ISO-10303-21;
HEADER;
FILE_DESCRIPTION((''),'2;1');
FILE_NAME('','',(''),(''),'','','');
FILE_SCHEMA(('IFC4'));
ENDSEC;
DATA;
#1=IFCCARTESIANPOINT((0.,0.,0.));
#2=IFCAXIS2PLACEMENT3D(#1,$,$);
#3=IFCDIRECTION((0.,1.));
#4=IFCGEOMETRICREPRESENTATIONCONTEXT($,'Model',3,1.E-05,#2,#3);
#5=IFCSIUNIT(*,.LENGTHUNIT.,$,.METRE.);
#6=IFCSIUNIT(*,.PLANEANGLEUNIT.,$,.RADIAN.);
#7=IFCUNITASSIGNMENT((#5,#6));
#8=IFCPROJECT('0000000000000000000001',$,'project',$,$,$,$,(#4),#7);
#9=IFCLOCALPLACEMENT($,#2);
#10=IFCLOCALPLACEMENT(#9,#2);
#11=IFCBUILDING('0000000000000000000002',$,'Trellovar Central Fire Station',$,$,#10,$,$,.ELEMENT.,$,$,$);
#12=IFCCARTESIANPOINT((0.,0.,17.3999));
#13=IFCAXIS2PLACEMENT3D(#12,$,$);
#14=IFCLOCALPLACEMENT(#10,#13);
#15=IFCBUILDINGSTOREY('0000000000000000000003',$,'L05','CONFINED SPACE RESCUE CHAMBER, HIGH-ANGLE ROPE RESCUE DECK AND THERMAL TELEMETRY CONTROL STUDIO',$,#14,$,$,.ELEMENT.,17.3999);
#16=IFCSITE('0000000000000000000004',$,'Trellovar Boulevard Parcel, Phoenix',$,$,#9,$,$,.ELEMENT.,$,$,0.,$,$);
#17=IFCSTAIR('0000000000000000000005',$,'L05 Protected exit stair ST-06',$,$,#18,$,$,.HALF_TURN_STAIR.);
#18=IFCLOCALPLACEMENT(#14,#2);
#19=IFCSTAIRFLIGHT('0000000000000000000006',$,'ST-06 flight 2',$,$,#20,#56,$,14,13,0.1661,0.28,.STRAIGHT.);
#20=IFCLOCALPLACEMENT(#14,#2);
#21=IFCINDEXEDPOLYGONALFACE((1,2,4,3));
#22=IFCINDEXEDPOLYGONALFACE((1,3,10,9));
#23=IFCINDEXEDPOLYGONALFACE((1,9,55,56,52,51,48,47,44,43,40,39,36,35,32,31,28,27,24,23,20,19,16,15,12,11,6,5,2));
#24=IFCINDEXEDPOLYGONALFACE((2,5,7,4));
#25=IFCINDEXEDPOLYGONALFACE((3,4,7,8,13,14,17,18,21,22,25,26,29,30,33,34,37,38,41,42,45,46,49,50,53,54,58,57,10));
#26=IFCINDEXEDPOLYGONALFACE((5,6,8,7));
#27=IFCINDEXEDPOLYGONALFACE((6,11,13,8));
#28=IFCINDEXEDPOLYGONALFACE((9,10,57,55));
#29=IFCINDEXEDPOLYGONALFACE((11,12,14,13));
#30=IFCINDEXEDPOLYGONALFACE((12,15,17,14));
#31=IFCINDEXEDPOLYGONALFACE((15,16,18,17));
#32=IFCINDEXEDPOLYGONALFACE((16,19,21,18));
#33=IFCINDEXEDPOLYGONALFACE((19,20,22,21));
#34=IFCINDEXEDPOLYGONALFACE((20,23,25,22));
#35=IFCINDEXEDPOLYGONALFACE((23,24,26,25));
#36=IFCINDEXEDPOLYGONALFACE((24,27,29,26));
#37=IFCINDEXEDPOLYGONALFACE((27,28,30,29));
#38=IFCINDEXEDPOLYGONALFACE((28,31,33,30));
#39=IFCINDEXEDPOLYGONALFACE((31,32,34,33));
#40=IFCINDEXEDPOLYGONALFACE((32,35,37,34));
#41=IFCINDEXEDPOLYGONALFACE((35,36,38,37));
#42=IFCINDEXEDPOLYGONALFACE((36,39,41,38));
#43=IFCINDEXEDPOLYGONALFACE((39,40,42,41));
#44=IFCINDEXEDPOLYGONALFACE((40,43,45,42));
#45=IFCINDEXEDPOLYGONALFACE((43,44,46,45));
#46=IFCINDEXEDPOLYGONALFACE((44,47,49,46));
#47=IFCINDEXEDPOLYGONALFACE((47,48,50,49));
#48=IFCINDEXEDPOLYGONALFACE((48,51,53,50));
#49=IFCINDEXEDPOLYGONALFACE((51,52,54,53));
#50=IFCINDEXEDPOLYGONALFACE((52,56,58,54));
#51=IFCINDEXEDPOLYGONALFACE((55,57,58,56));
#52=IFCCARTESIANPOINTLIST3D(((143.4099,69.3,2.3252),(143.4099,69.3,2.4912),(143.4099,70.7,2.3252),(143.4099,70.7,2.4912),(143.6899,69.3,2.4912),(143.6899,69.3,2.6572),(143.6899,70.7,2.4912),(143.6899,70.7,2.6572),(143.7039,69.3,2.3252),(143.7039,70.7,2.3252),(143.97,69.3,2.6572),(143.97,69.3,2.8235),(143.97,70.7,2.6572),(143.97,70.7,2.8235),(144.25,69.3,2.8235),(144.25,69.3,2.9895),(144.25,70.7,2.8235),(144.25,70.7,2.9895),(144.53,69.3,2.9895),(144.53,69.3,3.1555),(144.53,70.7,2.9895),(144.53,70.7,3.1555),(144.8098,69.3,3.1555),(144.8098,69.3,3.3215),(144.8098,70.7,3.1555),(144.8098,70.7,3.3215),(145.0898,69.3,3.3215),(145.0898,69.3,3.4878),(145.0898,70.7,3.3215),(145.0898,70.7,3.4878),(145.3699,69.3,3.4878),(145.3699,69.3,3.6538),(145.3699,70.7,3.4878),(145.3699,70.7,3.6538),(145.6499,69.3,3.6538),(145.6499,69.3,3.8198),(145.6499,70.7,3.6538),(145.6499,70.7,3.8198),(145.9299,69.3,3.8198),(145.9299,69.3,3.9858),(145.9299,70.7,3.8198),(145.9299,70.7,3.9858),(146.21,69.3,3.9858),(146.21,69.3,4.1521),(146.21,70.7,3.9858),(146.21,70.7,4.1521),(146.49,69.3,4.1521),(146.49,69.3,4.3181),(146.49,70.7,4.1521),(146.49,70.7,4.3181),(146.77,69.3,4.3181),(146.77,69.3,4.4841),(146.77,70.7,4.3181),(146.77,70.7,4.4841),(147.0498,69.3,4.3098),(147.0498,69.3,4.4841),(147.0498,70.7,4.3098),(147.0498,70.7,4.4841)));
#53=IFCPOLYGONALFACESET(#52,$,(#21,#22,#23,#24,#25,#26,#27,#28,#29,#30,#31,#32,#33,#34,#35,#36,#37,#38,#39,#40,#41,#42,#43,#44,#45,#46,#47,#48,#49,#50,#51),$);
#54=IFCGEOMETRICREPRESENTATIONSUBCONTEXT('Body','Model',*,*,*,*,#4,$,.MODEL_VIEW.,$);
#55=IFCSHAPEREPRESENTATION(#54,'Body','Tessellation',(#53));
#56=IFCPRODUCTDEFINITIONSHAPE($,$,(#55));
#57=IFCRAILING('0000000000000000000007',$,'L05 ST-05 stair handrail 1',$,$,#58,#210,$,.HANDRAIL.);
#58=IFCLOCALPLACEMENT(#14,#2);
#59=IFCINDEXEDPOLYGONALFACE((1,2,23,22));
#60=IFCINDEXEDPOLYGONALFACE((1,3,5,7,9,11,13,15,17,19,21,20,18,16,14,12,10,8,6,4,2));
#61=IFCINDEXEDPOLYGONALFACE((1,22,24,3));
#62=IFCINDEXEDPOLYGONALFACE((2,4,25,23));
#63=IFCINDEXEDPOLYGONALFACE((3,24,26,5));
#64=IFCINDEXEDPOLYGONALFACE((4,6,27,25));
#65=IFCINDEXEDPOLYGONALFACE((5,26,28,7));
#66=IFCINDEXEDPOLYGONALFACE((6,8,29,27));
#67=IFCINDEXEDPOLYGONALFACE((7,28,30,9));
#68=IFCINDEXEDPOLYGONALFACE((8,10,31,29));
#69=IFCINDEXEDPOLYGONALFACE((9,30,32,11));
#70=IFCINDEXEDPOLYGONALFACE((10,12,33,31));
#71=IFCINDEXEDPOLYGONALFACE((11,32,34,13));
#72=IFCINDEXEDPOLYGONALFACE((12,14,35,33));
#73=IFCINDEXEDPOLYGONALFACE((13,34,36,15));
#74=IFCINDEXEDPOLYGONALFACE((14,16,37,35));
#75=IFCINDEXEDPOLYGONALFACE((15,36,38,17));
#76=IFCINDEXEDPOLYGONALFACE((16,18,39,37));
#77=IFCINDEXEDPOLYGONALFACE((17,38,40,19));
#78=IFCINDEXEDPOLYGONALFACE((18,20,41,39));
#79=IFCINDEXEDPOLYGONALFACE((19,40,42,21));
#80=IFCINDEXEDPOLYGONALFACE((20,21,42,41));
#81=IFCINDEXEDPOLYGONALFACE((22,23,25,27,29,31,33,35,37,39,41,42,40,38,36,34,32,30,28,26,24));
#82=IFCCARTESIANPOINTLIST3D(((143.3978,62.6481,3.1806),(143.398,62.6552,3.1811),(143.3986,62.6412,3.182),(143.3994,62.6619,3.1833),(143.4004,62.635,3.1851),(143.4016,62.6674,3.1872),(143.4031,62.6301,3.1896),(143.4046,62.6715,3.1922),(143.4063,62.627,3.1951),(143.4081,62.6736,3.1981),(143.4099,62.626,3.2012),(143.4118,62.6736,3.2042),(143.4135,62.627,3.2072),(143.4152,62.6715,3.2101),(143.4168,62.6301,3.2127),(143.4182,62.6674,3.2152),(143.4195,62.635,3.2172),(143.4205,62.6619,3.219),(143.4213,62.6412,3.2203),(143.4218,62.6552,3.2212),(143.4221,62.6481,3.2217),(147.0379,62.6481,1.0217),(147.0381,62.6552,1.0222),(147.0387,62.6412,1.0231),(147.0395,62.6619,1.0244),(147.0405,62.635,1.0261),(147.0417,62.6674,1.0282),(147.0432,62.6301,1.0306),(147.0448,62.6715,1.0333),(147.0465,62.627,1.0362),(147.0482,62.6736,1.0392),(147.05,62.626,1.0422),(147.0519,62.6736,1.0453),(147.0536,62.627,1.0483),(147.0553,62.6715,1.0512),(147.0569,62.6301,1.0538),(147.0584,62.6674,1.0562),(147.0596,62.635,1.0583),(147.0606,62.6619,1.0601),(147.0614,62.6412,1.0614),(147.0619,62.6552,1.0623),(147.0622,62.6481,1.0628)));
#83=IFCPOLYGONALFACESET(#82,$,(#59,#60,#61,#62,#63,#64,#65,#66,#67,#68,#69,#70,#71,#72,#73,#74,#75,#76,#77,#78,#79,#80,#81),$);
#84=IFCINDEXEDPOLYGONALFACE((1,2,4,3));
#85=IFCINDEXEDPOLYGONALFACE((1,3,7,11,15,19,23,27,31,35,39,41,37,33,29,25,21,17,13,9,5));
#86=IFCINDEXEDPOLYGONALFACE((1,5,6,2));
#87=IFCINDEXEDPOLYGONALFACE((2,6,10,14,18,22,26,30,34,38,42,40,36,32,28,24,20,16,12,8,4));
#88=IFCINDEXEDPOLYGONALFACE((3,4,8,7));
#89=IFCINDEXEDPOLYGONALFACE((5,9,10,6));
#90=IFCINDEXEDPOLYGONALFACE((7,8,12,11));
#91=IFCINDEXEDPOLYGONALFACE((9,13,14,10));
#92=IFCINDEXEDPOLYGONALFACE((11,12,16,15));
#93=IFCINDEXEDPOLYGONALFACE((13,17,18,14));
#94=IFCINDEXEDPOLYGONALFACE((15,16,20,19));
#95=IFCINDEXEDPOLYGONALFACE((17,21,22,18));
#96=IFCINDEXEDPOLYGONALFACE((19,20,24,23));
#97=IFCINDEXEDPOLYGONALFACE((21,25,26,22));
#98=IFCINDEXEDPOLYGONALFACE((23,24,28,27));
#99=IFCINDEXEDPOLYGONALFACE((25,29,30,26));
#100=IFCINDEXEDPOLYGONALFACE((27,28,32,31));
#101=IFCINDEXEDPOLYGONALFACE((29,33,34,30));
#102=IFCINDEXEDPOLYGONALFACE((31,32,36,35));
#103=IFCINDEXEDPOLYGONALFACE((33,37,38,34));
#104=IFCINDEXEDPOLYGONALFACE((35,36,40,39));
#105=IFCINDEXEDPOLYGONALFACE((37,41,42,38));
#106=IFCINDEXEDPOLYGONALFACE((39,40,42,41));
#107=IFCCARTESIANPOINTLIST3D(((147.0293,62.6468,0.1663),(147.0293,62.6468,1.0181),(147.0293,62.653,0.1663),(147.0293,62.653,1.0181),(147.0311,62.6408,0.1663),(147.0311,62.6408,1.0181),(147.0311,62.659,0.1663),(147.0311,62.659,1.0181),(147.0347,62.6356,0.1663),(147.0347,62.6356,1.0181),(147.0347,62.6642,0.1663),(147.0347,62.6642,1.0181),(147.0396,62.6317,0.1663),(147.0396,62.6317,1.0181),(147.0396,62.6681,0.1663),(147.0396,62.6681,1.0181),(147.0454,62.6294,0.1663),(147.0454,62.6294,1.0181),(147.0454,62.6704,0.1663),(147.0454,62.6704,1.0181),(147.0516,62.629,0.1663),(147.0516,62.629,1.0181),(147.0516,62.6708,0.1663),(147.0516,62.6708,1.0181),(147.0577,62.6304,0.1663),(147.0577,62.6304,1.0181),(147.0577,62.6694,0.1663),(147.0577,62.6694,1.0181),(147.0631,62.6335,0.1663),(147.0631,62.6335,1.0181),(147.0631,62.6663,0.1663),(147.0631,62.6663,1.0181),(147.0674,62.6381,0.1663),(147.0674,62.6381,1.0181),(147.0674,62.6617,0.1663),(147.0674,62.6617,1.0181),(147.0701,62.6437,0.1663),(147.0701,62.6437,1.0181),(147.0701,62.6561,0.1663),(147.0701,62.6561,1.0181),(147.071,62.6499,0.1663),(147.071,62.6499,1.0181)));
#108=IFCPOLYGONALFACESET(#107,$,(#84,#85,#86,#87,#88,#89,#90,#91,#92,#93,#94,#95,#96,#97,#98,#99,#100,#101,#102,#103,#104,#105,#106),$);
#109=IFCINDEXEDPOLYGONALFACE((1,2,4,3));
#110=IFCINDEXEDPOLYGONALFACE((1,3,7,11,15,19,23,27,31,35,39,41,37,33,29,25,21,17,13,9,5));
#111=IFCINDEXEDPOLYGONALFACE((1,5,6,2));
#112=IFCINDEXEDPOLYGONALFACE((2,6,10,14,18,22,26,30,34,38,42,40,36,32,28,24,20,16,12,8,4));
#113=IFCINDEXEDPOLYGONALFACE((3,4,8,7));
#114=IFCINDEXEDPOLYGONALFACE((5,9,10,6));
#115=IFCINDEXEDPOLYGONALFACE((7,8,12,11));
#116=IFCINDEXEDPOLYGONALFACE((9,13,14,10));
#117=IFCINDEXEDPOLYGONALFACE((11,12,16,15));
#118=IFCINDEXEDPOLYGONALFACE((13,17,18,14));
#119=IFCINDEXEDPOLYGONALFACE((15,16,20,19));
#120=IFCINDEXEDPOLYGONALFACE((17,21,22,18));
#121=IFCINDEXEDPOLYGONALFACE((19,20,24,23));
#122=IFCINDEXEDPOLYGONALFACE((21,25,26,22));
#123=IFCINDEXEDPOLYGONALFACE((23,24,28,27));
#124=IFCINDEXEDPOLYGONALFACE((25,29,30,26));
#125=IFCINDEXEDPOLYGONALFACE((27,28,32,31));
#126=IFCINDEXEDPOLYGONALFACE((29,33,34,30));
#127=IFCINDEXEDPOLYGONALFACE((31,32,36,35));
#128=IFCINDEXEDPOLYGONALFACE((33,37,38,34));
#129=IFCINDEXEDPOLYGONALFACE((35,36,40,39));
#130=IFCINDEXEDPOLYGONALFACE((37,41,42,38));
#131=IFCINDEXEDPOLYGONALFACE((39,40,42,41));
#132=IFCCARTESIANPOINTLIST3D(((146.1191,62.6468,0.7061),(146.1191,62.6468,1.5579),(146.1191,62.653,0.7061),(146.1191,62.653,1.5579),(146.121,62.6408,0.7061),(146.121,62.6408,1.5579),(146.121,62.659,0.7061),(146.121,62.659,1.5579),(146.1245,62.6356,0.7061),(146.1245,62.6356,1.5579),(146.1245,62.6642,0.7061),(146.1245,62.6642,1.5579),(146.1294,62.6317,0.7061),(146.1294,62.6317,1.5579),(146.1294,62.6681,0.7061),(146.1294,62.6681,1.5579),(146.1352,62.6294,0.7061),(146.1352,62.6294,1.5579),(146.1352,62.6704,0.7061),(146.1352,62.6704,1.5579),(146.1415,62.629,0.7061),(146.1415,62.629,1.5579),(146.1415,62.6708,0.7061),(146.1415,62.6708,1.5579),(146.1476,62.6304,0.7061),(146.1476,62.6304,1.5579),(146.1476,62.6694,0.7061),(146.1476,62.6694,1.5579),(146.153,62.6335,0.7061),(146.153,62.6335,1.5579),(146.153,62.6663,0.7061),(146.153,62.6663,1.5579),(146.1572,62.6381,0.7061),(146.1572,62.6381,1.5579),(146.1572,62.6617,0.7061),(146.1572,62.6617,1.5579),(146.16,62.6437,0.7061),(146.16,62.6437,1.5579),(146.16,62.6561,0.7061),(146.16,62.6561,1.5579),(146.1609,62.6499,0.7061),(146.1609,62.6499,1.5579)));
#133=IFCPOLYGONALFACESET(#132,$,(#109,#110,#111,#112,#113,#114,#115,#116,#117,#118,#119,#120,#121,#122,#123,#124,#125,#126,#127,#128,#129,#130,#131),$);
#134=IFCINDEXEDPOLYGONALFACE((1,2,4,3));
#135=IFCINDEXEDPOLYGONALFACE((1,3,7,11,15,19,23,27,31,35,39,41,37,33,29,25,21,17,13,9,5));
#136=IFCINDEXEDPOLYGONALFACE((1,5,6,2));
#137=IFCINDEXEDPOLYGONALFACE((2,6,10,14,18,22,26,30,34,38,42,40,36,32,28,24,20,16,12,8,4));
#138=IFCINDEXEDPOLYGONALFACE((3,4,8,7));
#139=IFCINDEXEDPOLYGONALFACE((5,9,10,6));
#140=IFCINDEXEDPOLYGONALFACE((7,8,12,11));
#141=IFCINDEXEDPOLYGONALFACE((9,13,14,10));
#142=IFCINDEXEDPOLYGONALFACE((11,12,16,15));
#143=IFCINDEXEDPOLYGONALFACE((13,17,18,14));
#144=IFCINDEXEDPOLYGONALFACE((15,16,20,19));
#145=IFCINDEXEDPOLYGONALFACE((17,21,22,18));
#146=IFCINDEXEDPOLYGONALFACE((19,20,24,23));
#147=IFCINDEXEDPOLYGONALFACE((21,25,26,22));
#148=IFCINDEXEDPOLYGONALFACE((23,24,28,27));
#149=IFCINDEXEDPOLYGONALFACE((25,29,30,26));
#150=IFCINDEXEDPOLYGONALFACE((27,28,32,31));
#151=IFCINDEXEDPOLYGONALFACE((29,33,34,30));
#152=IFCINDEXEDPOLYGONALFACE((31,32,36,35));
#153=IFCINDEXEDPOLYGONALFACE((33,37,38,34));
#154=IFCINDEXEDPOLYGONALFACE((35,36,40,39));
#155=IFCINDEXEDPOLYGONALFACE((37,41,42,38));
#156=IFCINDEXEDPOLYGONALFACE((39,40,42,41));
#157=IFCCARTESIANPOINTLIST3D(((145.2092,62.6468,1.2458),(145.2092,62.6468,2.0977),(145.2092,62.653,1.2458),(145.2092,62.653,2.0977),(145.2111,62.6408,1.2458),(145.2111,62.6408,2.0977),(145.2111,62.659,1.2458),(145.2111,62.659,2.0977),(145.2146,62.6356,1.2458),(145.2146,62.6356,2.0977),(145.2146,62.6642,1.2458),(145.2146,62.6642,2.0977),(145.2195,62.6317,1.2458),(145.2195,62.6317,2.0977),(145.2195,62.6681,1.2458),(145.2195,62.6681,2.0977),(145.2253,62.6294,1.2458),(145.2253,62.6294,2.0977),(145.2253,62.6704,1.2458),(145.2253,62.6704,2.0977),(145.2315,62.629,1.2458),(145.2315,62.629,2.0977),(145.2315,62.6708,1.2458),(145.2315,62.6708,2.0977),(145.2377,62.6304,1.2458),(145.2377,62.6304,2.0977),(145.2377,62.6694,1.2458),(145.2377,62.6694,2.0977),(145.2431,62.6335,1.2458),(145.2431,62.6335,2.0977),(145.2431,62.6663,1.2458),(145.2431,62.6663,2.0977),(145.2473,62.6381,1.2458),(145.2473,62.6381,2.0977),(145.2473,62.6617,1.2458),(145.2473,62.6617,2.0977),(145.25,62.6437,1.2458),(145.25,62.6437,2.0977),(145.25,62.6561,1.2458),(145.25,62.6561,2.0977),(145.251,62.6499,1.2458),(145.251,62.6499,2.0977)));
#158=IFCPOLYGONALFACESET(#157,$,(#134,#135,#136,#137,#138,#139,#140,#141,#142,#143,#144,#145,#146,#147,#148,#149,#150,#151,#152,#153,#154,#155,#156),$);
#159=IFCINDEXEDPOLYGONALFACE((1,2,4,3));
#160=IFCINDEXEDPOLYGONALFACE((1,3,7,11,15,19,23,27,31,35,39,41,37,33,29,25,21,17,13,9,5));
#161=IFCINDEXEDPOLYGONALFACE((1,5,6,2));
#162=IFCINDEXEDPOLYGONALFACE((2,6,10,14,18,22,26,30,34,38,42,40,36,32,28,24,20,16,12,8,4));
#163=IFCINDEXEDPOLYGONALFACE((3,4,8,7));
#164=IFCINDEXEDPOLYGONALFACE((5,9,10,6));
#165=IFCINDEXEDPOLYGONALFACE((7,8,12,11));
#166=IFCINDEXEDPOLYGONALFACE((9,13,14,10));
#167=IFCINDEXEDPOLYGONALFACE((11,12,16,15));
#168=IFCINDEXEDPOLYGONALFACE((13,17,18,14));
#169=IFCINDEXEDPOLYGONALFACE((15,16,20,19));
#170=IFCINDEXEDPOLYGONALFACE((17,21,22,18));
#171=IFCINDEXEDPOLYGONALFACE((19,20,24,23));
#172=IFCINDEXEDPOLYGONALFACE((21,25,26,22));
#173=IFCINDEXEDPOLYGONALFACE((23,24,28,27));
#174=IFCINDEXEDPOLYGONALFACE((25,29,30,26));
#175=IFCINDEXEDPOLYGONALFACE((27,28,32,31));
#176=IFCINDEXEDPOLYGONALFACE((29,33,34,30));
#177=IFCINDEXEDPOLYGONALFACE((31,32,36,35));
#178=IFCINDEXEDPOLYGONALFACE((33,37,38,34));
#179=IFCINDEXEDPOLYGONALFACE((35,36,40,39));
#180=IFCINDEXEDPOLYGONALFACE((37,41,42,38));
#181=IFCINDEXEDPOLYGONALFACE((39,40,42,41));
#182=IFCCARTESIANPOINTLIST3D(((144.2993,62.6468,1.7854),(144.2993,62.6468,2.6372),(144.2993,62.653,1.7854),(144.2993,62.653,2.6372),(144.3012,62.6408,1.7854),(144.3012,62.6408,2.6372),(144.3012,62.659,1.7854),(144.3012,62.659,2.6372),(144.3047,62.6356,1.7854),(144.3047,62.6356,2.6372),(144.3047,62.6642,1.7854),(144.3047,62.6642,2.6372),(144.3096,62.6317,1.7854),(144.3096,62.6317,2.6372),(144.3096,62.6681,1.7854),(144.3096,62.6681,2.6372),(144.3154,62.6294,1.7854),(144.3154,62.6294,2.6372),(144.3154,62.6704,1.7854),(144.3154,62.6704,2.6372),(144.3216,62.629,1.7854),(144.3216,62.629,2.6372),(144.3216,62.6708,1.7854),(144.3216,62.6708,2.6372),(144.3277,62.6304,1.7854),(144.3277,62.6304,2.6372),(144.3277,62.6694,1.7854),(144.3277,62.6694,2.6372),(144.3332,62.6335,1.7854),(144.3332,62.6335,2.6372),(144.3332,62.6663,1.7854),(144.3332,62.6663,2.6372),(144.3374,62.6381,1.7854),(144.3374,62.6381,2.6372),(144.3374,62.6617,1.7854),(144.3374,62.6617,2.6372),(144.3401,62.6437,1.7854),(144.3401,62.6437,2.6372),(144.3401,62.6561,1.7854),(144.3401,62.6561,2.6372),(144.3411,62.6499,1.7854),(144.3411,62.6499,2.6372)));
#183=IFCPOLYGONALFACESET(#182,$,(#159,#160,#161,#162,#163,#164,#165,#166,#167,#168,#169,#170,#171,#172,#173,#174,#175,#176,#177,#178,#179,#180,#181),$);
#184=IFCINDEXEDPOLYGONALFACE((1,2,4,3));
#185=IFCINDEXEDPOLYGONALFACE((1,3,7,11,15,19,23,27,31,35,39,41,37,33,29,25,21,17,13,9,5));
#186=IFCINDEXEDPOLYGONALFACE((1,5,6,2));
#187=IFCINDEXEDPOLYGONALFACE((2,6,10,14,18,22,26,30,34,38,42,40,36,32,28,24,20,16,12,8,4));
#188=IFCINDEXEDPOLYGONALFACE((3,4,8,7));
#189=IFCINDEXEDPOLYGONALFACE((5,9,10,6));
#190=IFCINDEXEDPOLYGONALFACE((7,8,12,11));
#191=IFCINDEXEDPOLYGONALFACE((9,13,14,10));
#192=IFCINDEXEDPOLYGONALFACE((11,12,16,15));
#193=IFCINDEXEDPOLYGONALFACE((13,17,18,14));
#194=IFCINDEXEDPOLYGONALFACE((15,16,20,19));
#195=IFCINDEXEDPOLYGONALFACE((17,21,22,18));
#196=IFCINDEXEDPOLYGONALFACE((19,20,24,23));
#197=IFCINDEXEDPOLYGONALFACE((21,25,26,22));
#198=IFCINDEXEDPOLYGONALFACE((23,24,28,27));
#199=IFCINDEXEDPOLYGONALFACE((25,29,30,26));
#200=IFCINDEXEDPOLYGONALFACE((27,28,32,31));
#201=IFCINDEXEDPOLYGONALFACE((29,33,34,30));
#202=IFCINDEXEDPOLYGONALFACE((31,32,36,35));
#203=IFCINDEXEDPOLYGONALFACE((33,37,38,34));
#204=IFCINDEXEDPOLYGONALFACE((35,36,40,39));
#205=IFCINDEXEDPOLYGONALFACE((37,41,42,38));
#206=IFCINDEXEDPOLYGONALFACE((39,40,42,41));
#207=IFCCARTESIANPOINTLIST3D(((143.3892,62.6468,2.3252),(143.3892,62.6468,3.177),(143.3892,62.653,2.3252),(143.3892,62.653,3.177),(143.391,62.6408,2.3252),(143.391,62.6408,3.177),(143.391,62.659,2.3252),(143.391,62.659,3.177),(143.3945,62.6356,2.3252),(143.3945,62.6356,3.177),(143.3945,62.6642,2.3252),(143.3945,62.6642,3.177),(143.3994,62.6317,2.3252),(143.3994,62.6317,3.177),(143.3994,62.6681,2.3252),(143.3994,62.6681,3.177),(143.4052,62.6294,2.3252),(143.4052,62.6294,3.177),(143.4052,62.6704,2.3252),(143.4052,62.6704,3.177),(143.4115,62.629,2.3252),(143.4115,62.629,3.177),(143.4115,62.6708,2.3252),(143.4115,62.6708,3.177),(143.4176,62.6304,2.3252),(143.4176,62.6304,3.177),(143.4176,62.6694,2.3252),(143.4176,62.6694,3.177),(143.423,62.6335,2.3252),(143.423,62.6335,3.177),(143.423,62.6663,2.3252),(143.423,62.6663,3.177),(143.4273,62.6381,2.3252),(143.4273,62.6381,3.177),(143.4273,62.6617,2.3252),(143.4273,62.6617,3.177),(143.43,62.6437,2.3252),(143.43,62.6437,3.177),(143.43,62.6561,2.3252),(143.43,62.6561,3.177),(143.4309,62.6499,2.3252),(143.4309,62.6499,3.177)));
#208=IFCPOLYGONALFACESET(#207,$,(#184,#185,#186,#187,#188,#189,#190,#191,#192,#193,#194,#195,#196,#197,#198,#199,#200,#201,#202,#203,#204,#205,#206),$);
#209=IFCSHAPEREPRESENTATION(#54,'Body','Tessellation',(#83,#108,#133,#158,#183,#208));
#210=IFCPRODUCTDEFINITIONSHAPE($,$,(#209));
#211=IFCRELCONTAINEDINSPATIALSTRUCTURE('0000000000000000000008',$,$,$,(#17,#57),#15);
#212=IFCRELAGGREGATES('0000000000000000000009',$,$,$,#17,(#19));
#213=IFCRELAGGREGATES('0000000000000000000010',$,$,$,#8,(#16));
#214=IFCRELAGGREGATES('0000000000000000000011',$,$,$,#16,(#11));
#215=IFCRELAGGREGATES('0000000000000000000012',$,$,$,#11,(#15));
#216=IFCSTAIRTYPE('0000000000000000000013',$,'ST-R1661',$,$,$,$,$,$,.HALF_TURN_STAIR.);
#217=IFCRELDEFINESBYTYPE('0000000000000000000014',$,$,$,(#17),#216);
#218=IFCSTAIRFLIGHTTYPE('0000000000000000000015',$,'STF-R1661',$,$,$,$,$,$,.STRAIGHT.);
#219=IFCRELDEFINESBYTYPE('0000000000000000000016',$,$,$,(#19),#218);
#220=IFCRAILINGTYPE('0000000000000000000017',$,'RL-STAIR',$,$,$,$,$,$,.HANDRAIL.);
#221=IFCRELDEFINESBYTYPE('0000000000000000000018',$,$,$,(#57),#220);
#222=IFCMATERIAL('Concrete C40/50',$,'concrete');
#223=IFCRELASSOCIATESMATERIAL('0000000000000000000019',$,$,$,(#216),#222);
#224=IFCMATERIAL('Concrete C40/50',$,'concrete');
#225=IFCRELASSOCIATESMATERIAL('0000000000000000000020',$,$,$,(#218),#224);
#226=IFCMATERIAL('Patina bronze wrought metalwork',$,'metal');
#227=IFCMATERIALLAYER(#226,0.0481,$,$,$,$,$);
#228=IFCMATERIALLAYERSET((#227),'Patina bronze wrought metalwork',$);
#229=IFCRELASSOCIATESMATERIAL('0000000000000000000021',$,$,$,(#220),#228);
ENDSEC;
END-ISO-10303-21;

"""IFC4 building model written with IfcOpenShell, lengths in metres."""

from ifc_helpers import new_model, si_unit, direction, frame, origin, origin_2d, place, context, subcontext, project, spatial, polyline, circle, outline, extrude, material, layer, layer_set, type_object, element, aggregate, save


model = new_model("IFC4")

# Units and contexts
model_context = context("Model", 3, precision=1e-05, world=origin(), true_north=direction((0.0, 1.0)))
body_context = subcontext(model_context, "Body", "Model", "MODEL_VIEW")
ifc_project = project(units=[si_unit("LENGTHUNIT", "METRE"), si_unit("PLANEANGLEUNIT", "RADIAN")], contexts=[model_context])

# Site, building, storey
site_placement = place(None, origin())
site = spatial("IfcSite", under=ifc_project, at=site_placement, Name="Trellovar Boulevard Parcel, Phoenix", CompositionType="ELEMENT", RefElevation=0.0)
building_placement = place(site_placement, origin())
building = spatial("IfcBuilding", under=site, at=building_placement, Name="Trellovar Central Fire Station", CompositionType="ELEMENT")
storey_placement = place(building_placement, frame((0.0, 0.0, 17.3999)))
storey = spatial("IfcBuildingStorey", under=building, at=storey_placement, Name="L05", Description="CONFINED SPACE RESCUE CHAMBER, HIGH-ANGLE ROPE RESCUE DECK AND THERMAL TELEMETRY CONTROL STUDIO", CompositionType="ELEMENT", Elevation=17.3999)

# Stair, stair flight
ifc_material_1 = material(Name="Concrete C40/50", Category="concrete")
stair_type = type_object("IfcStairType", Name="ST-R1661", PredefinedType="HALF_TURN_STAIR", material=ifc_material_1)
ifc_material_2 = material(Name="Concrete C40/50", Category="concrete")
stair_flight_type = type_object("IfcStairFlightType", Name="STF-R1661", PredefinedType="STRAIGHT", material=ifc_material_2)
stair_1_placement = place(storey_placement, origin())
stair_1 = element("IfcStair", 1, at=stair_1_placement, inside=storey, type_object=stair_type, Name="L05 Protected exit stair ST-06", PredefinedType="HALF_TURN_STAIR")
stair_flight_1_placement = place(storey_placement, frame((143.4099, 70.0, 2.3252), z_axis=(0.0, 0.0, 1.0), x_axis=(1.0, 0.0, 0.0)))
stair_flight_1 = element("IfcStairFlight", 2, at=stair_flight_1_placement, type_object=stair_flight_type, Name="ST-06 flight 2", NumberOfRisers=14, NumberOfTreads=13, PredefinedType="STRAIGHT", RiserHeight=0.1661, TreadLength=0.28, context=body_context, shape_type="SweptSolid", body=[
    extrude(outline(polyline([(0.0, 0.0), (0.0, 0.166), (0.28, 0.166), (0.28, 0.332), (0.5601, 0.332), (0.5601, 0.4983), (0.8401, 0.4983), (0.8401, 0.6643), (1.1201, 0.6643), (1.1201, 0.8303), (1.3999, 0.8303), (1.3999, 0.9963), (1.6799, 0.9963), (1.6799, 1.1626), (1.96, 1.1626), (1.96, 1.3286), (2.24, 1.3286), (2.24, 1.4946), (2.52, 1.4946), (2.52, 1.6606), (2.8, 1.6606), (2.8, 1.8269), (3.0801, 1.8269), (3.0801, 1.9929), (3.3601, 1.9929), (3.3601, 2.1589), (3.6399, 2.1589), (3.6399, 2.325), (3.6399, 1.9846), (0.2939, 0.0), (0.0, 0.0)])), frame((0.0, 0.7, 0.0), z_axis=(0.0, -1.0, 0.0), x_axis=(1.0, 0.0, 0.0)), (0.0, 0.0, 1.0), 1.3999),
])
aggregate(stair_1, [stair_flight_1])

# Railing
ifc_material_3 = material(Name="Patina bronze wrought metalwork", Category="metal")
ifc_layer_1 = layer(ifc_material_3, 0.0481)
ifc_layer_set_1 = layer_set([ifc_layer_1], Name="Patina bronze wrought metalwork")
railing_type_1 = type_object("IfcRailingType", Name="RL-STAIR", PredefinedType="HANDRAIL", material=ifc_layer_set_1)
railing_1_placement = place(storey_placement, frame((147.05, 62.6499, 0.1663)))
element("IfcRailing", 3, at=railing_1_placement, inside=storey, type_object=railing_type_1, Name="L05 ST-05 stair handrail 1", PredefinedType="HANDRAIL", context=body_context, shape_type="SweptSolid", body=[
    extrude(circle(Radius=0.0239, at=origin_2d()), frame((0.0, 0.0, 0.876), z_axis=(-0.860103, 0.0, 0.51012), x_axis=(0.0, -1.0, 0.0)), (0.0, 0.0, 1.0), 4.2322),
    extrude(circle(Radius=0.021, at=origin_2d()), origin(), (0.0, 0.0, 1.0), 0.8518),
    extrude(circle(Radius=0.021, at=origin_2d()), frame((-0.9102, 0.0, 0.5398)), (0.0, 0.0, 1.0), 0.8518),
    extrude(circle(Radius=0.021, at=origin_2d()), frame((-1.8201, 0.0, 1.0796)), (0.0, 0.0, 1.0), 0.8518),
    extrude(circle(Radius=0.021, at=origin_2d()), frame((-2.73, 0.0, 1.6191)), (0.0, 0.0, 1.0), 0.8518),
    extrude(circle(Radius=0.021, at=origin_2d()), frame((-3.6401, 0.0, 2.1589)), (0.0, 0.0, 1.0), 0.8518),
])

save(model, "model.ifc")
